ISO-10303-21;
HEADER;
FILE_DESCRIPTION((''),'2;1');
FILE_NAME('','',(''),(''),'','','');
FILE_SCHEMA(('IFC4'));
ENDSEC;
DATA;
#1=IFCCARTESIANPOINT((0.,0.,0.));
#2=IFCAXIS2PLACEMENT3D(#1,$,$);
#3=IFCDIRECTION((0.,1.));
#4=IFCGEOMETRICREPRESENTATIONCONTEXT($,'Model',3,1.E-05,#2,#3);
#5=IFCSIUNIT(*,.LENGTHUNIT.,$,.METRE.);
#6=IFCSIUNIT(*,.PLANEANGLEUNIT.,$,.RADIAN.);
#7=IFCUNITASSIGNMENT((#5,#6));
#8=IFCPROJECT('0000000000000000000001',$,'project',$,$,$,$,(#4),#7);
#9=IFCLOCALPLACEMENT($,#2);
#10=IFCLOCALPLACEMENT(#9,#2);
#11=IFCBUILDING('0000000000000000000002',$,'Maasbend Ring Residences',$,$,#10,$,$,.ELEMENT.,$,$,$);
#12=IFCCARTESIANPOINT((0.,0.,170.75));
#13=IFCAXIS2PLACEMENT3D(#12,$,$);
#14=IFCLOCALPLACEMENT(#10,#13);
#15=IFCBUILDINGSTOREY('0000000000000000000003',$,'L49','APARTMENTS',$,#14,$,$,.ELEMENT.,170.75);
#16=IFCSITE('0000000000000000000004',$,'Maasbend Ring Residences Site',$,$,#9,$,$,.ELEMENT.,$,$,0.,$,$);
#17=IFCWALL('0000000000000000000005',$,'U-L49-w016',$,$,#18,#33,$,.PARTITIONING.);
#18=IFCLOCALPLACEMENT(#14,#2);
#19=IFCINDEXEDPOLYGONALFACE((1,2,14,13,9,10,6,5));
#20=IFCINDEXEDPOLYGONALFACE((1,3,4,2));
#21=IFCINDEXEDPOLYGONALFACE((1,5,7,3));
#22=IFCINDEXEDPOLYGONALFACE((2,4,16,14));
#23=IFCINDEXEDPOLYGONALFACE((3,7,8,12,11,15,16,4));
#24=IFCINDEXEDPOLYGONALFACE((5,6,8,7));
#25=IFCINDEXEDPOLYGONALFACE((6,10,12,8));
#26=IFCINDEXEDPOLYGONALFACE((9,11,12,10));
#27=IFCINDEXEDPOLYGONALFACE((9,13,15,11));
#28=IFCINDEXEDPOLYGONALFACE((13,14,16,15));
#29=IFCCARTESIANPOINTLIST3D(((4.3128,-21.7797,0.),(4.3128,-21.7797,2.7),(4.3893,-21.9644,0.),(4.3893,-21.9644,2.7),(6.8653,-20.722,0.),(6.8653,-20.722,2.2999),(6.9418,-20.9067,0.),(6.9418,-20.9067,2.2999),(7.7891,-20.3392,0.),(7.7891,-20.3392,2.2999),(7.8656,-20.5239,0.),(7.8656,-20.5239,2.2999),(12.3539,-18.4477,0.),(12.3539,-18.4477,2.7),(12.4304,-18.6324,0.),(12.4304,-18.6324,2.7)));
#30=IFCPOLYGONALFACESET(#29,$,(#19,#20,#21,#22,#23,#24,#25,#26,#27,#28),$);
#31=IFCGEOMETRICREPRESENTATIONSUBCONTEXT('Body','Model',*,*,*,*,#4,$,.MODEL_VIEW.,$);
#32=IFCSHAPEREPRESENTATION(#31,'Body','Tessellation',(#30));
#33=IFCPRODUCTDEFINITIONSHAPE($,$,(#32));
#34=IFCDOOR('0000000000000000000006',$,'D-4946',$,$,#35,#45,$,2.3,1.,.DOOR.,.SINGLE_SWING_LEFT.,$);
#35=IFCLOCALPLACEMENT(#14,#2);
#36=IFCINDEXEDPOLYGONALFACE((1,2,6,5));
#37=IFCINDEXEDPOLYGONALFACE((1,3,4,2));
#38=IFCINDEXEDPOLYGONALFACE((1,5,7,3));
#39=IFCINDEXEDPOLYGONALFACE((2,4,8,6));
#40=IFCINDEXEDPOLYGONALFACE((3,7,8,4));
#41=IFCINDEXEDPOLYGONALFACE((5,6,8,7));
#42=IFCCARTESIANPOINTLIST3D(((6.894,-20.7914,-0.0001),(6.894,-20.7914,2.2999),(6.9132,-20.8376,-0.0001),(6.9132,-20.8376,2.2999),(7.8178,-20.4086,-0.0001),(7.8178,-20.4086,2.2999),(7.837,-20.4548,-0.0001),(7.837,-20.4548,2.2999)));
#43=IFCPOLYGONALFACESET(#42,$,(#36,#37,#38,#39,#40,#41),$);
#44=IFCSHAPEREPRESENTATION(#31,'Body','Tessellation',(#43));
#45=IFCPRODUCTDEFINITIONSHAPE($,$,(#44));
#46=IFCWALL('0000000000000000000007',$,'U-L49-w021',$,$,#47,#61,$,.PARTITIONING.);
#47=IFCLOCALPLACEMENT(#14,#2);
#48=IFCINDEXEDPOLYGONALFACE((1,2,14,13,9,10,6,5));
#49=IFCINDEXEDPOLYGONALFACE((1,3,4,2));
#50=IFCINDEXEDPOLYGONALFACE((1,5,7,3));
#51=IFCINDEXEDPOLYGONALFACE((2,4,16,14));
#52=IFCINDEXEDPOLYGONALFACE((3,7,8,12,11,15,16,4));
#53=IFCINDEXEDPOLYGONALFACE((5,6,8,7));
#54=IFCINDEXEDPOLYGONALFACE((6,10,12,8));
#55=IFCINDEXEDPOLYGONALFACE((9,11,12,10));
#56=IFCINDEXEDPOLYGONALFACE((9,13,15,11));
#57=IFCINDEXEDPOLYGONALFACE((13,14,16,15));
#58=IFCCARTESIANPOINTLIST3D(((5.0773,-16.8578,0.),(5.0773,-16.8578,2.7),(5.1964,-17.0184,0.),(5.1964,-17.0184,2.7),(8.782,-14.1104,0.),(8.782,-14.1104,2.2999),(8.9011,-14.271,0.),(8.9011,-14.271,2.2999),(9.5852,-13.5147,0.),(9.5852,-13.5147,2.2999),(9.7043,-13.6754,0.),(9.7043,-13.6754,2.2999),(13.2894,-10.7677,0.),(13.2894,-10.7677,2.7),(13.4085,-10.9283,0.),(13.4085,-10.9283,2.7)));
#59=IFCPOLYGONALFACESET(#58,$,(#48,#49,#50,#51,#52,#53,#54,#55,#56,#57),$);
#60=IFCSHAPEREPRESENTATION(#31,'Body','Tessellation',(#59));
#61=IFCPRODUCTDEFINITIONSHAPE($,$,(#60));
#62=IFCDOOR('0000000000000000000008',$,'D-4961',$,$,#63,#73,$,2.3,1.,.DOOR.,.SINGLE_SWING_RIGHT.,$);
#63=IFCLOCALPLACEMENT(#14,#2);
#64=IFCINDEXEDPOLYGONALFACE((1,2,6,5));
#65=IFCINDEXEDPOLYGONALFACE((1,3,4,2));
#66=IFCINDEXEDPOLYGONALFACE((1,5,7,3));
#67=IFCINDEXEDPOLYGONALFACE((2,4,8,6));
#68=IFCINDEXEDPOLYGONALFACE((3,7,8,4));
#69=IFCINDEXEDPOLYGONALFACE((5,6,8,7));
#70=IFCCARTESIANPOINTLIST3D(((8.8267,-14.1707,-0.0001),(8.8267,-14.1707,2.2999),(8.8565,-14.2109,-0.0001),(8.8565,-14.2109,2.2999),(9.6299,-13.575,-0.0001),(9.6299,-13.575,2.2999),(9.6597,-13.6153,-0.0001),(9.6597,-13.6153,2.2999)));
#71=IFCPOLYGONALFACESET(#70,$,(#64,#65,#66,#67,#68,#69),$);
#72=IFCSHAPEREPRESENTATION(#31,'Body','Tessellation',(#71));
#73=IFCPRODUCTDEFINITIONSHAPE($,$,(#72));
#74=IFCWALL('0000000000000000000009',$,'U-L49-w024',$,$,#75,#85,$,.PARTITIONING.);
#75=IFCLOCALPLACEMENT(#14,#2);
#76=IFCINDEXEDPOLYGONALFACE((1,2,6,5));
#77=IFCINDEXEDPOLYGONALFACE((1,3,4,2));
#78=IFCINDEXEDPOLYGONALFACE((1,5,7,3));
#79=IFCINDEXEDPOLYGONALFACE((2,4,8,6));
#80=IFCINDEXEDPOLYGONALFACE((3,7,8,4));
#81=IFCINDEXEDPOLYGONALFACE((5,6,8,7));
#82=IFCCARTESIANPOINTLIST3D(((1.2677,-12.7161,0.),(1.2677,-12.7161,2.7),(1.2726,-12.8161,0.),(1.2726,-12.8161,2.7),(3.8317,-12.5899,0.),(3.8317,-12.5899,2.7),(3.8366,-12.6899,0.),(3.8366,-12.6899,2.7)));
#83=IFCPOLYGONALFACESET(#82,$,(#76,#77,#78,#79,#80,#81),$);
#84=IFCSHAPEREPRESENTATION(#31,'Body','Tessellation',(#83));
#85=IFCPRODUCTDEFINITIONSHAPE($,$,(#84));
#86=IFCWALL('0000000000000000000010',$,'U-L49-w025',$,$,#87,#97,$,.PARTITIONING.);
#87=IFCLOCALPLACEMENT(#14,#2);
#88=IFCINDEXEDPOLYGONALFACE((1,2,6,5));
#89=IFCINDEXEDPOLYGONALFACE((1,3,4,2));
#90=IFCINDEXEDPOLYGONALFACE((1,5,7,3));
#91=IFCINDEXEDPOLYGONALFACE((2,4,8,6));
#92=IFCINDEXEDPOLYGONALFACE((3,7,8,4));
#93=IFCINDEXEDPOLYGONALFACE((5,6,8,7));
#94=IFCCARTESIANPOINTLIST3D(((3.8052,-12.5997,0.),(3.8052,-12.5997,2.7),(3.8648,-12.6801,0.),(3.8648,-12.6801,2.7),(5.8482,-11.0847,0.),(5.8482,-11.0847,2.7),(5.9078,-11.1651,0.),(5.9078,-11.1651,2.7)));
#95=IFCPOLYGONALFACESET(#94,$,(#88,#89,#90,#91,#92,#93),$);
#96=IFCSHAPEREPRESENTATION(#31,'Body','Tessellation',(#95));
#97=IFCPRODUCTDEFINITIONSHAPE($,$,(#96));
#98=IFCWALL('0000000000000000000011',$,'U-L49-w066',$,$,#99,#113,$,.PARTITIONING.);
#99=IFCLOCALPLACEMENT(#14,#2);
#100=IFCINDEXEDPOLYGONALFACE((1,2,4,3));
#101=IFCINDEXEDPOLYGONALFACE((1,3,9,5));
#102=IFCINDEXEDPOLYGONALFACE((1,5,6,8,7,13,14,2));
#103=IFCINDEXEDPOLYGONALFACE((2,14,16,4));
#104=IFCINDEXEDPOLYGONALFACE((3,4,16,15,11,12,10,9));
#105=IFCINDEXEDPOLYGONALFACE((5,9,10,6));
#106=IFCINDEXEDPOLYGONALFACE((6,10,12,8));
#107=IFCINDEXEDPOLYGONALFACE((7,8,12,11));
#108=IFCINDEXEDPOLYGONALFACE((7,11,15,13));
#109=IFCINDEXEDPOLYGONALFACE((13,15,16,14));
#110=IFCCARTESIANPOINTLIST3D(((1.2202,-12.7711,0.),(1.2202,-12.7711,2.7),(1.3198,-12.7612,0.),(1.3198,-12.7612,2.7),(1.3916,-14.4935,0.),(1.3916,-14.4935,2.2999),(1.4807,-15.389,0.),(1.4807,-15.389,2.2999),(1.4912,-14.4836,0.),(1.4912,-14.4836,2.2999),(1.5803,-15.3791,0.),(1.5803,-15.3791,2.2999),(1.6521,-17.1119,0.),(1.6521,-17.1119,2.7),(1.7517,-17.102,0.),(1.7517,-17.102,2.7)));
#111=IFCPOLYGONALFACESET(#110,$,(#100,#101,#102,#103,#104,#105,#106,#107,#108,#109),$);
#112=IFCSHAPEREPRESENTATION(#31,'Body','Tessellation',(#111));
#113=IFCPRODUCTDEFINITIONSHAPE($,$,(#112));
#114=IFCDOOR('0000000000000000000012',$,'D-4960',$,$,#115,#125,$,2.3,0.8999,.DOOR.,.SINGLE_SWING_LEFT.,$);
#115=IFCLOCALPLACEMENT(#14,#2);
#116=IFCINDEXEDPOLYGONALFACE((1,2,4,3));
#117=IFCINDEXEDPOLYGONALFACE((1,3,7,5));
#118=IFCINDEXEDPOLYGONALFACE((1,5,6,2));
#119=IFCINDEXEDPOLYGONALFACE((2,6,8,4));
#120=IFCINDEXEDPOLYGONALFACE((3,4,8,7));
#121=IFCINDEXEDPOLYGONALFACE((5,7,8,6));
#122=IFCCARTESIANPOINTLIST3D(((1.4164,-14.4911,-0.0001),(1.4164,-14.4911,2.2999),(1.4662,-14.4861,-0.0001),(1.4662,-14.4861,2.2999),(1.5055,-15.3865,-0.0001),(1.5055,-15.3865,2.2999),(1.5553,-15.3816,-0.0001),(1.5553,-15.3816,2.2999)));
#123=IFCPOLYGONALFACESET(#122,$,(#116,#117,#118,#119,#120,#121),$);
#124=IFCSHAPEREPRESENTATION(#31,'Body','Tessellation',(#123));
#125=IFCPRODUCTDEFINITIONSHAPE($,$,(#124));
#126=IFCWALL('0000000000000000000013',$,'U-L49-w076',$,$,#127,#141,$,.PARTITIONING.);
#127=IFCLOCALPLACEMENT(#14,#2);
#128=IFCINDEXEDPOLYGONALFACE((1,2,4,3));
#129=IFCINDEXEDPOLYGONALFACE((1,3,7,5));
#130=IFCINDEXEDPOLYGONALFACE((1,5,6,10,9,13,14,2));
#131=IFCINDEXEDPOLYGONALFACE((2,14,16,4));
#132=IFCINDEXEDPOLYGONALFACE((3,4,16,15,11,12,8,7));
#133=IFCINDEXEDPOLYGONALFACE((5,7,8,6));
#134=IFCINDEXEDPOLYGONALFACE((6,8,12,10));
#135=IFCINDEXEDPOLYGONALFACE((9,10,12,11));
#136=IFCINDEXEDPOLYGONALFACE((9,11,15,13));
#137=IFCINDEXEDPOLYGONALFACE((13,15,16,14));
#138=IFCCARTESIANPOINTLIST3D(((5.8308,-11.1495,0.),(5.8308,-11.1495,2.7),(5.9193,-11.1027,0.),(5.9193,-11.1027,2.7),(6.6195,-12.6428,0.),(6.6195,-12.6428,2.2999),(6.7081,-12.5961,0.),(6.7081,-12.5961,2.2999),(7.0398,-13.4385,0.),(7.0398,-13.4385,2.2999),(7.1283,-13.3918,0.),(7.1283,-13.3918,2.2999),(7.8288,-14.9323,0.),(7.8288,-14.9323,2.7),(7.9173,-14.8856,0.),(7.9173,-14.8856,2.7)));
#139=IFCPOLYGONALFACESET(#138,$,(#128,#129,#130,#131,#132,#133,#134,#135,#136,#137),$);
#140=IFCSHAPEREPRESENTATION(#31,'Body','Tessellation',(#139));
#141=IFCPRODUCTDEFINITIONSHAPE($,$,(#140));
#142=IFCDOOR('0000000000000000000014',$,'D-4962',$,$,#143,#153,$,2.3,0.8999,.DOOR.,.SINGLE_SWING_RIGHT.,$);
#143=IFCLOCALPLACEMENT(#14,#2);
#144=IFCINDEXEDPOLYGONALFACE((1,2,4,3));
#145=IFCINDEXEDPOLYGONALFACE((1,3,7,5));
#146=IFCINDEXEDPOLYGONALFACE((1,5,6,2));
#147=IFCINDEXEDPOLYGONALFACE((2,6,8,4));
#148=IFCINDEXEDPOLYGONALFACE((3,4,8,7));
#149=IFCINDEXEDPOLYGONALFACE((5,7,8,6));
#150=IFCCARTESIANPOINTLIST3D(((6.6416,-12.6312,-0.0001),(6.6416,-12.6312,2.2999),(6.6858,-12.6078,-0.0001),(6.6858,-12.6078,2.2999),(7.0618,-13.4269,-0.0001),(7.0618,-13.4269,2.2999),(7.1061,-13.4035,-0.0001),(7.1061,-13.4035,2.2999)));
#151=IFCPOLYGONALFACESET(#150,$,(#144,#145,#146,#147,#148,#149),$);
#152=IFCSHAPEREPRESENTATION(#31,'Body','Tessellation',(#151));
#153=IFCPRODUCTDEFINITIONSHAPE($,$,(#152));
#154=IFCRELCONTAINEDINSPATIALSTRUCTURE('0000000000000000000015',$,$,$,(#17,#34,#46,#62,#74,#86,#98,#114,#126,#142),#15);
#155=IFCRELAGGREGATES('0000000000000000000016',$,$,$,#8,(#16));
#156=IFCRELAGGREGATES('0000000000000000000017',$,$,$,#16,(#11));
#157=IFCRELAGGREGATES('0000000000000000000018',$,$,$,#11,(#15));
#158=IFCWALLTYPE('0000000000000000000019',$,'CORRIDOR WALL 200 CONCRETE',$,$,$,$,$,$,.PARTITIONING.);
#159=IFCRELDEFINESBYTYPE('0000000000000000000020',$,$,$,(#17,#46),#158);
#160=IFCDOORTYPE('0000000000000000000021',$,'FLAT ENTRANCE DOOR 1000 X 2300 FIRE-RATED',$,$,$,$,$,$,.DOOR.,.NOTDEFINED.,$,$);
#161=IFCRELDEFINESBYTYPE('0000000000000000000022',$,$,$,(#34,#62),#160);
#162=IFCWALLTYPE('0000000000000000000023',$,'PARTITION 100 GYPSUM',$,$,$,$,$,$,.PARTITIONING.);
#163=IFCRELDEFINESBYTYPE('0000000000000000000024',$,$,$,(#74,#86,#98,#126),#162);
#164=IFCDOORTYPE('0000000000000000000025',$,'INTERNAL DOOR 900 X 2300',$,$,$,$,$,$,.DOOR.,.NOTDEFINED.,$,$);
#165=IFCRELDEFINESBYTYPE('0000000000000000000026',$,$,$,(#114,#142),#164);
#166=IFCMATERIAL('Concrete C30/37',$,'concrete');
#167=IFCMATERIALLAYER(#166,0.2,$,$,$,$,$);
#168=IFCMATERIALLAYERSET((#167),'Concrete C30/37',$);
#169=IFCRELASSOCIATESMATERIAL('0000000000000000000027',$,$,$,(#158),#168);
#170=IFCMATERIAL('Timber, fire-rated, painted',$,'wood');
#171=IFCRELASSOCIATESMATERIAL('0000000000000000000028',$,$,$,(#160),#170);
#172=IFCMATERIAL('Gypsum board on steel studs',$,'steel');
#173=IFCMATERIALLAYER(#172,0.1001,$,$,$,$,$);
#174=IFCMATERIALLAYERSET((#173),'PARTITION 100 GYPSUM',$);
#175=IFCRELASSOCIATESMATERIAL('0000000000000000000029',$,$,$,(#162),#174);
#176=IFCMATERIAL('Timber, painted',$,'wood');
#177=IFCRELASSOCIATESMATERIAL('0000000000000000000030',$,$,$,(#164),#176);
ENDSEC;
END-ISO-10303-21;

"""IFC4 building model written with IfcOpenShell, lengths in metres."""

from ifc_helpers import new_model, si_unit, direction, frame, frame_2d, origin, place, context, subcontext, project, spatial, rectangle, extrude, material, layer, layer_set, type_object, element, fill, save


model = new_model("IFC4")

# Units and contexts
model_context = context("Model", 3, precision=1e-05, world=origin(), true_north=direction((0.0, 1.0)))
body_context = subcontext(model_context, "Body", "Model", "MODEL_VIEW")
ifc_project = project(units=[si_unit("LENGTHUNIT", "METRE"), si_unit("PLANEANGLEUNIT", "RADIAN")], contexts=[model_context])

# Site, building, storey
site_placement = place(None, origin())
site = spatial("IfcSite", under=ifc_project, at=site_placement, Name="Maasbend Ring Residences Site", CompositionType="ELEMENT", RefElevation=0.0)
building_placement = place(site_placement, origin())
building = spatial("IfcBuilding", under=site, at=building_placement, Name="Maasbend Ring Residences", CompositionType="ELEMENT")
storey_placement = place(building_placement, frame((0.0, 0.0, 170.75)))
storey = spatial("IfcBuildingStorey", under=building, at=storey_placement, Name="L49", Description="APARTMENTS", CompositionType="ELEMENT", Elevation=170.75)

# Walls, openings, doors
ifc_material_1 = material(Name="Concrete C30/37", Category="concrete")
ifc_layer_1 = layer(ifc_material_1, 0.2)
ifc_layer_set_1 = layer_set([ifc_layer_1], Name="Concrete C30/37")
wall_type_1 = type_object("IfcWallType", Name="CORRIDOR WALL 200 CONCRETE", PredefinedType="PARTITIONING", material=ifc_layer_set_1)
wall_1_placement = place(storey_placement, frame((4.3511, -21.8721, 0.0), z_axis=(0.0, 0.0, 1.0), x_axis=(0.923825, 0.382814, 0.0)))
wall_1 = element("IfcWall", 1, at=wall_1_placement, inside=storey, type_object=wall_type_1, Name="U-L49-w016", PredefinedType="PARTITIONING", context=body_context, shape_type="SweptSolid", body=[
    extrude(rectangle(XDim=8.7041, YDim=0.2, at=frame_2d((4.3521, 0.0))), origin(), (0.0, 0.0, 1.0), 2.7),
])
opening_1_placement = place(wall_1_placement, frame((2.7629, 0.0, 0.0)))
opening_1 = element("IfcOpeningElement", 2, at=opening_1_placement, cuts=wall_1, PredefinedType="OPENING", context=body_context, shape_type="SweptSolid", body=[
    extrude(rectangle(XDim=1.0, YDim=2.3, at=frame_2d((0.5, 1.1499))), frame((0.0, 0.1099, 0.0), z_axis=(0.0, -1.0, 0.0), x_axis=(1.0, 0.0, 0.0)), (0.0, 0.0, 1.0), 0.22),
])
ifc_material_2 = material(Name="Timber, fire-rated, painted", Category="wood")
door_type_1 = type_object("IfcDoorType", Name="FLAT ENTRANCE DOOR 1000 X 2300 FIRE-RATED", OperationType="NOTDEFINED", PredefinedType="DOOR", material=ifc_material_2)
door_1_placement = place(opening_1_placement, origin())
door_1 = element("IfcDoor", 3, at=door_1_placement, inside=storey, type_object=door_type_1, Name="D-4946", OperationType="SINGLE_SWING_LEFT", OverallHeight=2.3, OverallWidth=1.0, PredefinedType="DOOR", context=body_context, shape_type="SweptSolid", body=[
    extrude(rectangle(XDim=1.0, YDim=2.3, at=frame_2d((0.5, 1.1499))), frame((0.0, 0.0249, 0.0), z_axis=(0.0, -1.0, 0.0), x_axis=(1.0, 0.0, 0.0)), (0.0, 0.0, 1.0), 0.05),
])
fill(opening_1, door_1)
wall_2_placement = place(storey_placement, frame((5.137, -16.938, 0.0), z_axis=(0.0, 0.0, 1.0), x_axis=(0.803229, 0.59567, 0.0)))
wall_2 = element("IfcWall", 4, at=wall_2_placement, inside=storey, type_object=wall_type_1, Name="U-L49-w021", PredefinedType="PARTITIONING", context=body_context, shape_type="SweptSolid", body=[
    extrude(rectangle(XDim=10.2239, YDim=0.2, at=frame_2d((5.1118, 0.0))), origin(), (0.0, 0.0, 1.0), 2.7),
])
opening_2_placement = place(wall_2_placement, frame((4.6121, 0.0, 0.0)))
opening_2 = element("IfcOpeningElement", 5, at=opening_2_placement, cuts=wall_2, PredefinedType="OPENING", context=body_context, shape_type="SweptSolid", body=[
    extrude(rectangle(XDim=1.0, YDim=2.3, at=frame_2d((0.5, 1.1499))), frame((0.0, 0.1099, 0.0), z_axis=(0.0, -1.0, 0.0), x_axis=(1.0, 0.0, 0.0)), (0.0, 0.0, 1.0), 0.22),
])
door_2_placement = place(opening_2_placement, origin())
door_2 = element("IfcDoor", 6, at=door_2_placement, inside=storey, type_object=door_type_1, Name="D-4961", OperationType="SINGLE_SWING_RIGHT", OverallHeight=2.3, OverallWidth=1.0, PredefinedType="DOOR", context=body_context, shape_type="SweptSolid", body=[
    extrude(rectangle(XDim=1.0, YDim=2.3, at=frame_2d((0.5, 1.1499))), frame((0.0, 0.0249, 0.0), z_axis=(0.0, -1.0, 0.0), x_axis=(1.0, 0.0, 0.0)), (0.0, 0.0, 1.0), 0.05),
])
fill(opening_2, door_2)

# Walls
ifc_material_3 = material(Name="Gypsum board on steel studs", Category="steel")
ifc_layer_2 = layer(ifc_material_3, 0.1001)
ifc_layer_set_2 = layer_set([ifc_layer_2], Name="PARTITION 100 GYPSUM")
wall_type_2 = type_object("IfcWallType", Name="PARTITION 100 GYPSUM", PredefinedType="PARTITIONING", material=ifc_layer_set_2)
wall_3_placement = place(storey_placement, frame((1.27, -12.7661, 0.0), z_axis=(0.0, 0.0, 1.0), x_axis=(0.99879, 0.049169, 0.0)))
element("IfcWall", 7, at=wall_3_placement, inside=storey, type_object=wall_type_2, Name="U-L49-w024", PredefinedType="PARTITIONING", context=body_context, shape_type="SweptSolid", body=[
    extrude(rectangle(XDim=2.5671, YDim=0.1001, at=frame_2d((1.2837, 0.0))), origin(), (0.0, 0.0, 1.0), 2.7),
])
wall_4_placement = place(storey_placement, frame((3.835, -12.6399, 0.0), z_axis=(0.0, 0.0, 1.0), x_axis=(0.80326, 0.595629, 0.0)))
element("IfcWall", 8, at=wall_4_placement, inside=storey, type_object=wall_type_2, Name="U-L49-w025", PredefinedType="PARTITIONING", context=body_context, shape_type="SweptSolid", body=[
    extrude(rectangle(XDim=2.5435, YDim=0.1001, at=frame_2d((1.2717, 0.0))), origin(), (0.0, 0.0, 1.0), 2.7),
])

# Walls, openings, doors
wall_5_placement = place(storey_placement, frame((1.27, -12.7661, 0.0), z_axis=(0.0, 0.0, 1.0), x_axis=(0.099005, -0.995087, 0.0)))
wall_5 = element("IfcWall", 9, at=wall_5_placement, inside=storey, type_object=wall_type_2, Name="U-L49-w066", PredefinedType="PARTITIONING", context=body_context, shape_type="SweptSolid", body=[
    extrude(rectangle(XDim=4.3623, YDim=0.1001, at=frame_2d((2.1812, 0.0))), origin(), (0.0, 0.0, 1.0), 2.7),
])
opening_3_placement = place(wall_5_placement, frame((1.731, 0.0, 0.0)))
opening_3 = element("IfcOpeningElement", 10, at=opening_3_placement, cuts=wall_5, PredefinedType="OPENING", context=body_context, shape_type="SweptSolid", body=[
    extrude(rectangle(XDim=0.8999, YDim=2.3, at=frame_2d((0.45, 1.1499))), frame((0.0, 0.0601, 0.0), z_axis=(0.0, -1.0, 0.0), x_axis=(1.0, 0.0, 0.0)), (0.0, 0.0, 1.0), 0.1201),
])
ifc_material_4 = material(Name="Timber, painted", Category="wood")
door_type_2 = type_object("IfcDoorType", Name="INTERNAL DOOR 900 X 2300", OperationType="NOTDEFINED", PredefinedType="DOOR", material=ifc_material_4)
door_3_placement = place(opening_3_placement, origin())
door_3 = element("IfcDoor", 11, at=door_3_placement, inside=storey, type_object=door_type_2, Name="D-4960", OperationType="SINGLE_SWING_LEFT", OverallHeight=2.3, OverallWidth=0.8999, PredefinedType="DOOR", context=body_context, shape_type="SweptSolid", body=[
    extrude(rectangle(XDim=0.8999, YDim=2.3, at=frame_2d((0.45, 1.1499))), frame((0.0, 0.0249, 0.0), z_axis=(0.0, -1.0, 0.0), x_axis=(1.0, 0.0, 0.0)), (0.0, 0.0, 1.0), 0.05),
])
fill(opening_3, door_3)
wall_6_placement = place(storey_placement, frame((5.875, -11.126, 0.0), z_axis=(0.0, 0.0, 1.0), x_axis=(0.46703, -0.884241, 0.0)))
wall_6 = element("IfcWall", 12, at=wall_6_placement, inside=storey, type_object=wall_type_2, Name="U-L49-w076", PredefinedType="PARTITIONING", context=body_context, shape_type="SweptSolid", body=[
    extrude(rectangle(XDim=4.2781, YDim=0.1001, at=frame_2d((2.1392, 0.0))), origin(), (0.0, 0.0, 1.0), 2.7),
])
opening_4_placement = place(wall_6_placement, frame((1.689, 0.0, 0.0)))
opening_4 = element("IfcOpeningElement", 13, at=opening_4_placement, cuts=wall_6, PredefinedType="OPENING", context=body_context, shape_type="SweptSolid", body=[
    extrude(rectangle(XDim=0.8999, YDim=2.3, at=frame_2d((0.45, 1.1499))), frame((0.0, 0.0601, 0.0), z_axis=(0.0, -1.0, 0.0), x_axis=(1.0, 0.0, 0.0)), (0.0, 0.0, 1.0), 0.1201),
])
door_4_placement = place(opening_4_placement, origin())
door_4 = element("IfcDoor", 14, at=door_4_placement, inside=storey, type_object=door_type_2, Name="D-4962", OperationType="SINGLE_SWING_RIGHT", OverallHeight=2.3, OverallWidth=0.8999, PredefinedType="DOOR", context=body_context, shape_type="SweptSolid", body=[
    extrude(rectangle(XDim=0.8999, YDim=2.3, at=frame_2d((0.45, 1.1499))), frame((0.0, 0.0249, 0.0), z_axis=(0.0, -1.0, 0.0), x_axis=(1.0, 0.0, 0.0)), (0.0, 0.0, 1.0), 0.05),
])
fill(opening_4, door_4)

save(model, "model.ifc")
